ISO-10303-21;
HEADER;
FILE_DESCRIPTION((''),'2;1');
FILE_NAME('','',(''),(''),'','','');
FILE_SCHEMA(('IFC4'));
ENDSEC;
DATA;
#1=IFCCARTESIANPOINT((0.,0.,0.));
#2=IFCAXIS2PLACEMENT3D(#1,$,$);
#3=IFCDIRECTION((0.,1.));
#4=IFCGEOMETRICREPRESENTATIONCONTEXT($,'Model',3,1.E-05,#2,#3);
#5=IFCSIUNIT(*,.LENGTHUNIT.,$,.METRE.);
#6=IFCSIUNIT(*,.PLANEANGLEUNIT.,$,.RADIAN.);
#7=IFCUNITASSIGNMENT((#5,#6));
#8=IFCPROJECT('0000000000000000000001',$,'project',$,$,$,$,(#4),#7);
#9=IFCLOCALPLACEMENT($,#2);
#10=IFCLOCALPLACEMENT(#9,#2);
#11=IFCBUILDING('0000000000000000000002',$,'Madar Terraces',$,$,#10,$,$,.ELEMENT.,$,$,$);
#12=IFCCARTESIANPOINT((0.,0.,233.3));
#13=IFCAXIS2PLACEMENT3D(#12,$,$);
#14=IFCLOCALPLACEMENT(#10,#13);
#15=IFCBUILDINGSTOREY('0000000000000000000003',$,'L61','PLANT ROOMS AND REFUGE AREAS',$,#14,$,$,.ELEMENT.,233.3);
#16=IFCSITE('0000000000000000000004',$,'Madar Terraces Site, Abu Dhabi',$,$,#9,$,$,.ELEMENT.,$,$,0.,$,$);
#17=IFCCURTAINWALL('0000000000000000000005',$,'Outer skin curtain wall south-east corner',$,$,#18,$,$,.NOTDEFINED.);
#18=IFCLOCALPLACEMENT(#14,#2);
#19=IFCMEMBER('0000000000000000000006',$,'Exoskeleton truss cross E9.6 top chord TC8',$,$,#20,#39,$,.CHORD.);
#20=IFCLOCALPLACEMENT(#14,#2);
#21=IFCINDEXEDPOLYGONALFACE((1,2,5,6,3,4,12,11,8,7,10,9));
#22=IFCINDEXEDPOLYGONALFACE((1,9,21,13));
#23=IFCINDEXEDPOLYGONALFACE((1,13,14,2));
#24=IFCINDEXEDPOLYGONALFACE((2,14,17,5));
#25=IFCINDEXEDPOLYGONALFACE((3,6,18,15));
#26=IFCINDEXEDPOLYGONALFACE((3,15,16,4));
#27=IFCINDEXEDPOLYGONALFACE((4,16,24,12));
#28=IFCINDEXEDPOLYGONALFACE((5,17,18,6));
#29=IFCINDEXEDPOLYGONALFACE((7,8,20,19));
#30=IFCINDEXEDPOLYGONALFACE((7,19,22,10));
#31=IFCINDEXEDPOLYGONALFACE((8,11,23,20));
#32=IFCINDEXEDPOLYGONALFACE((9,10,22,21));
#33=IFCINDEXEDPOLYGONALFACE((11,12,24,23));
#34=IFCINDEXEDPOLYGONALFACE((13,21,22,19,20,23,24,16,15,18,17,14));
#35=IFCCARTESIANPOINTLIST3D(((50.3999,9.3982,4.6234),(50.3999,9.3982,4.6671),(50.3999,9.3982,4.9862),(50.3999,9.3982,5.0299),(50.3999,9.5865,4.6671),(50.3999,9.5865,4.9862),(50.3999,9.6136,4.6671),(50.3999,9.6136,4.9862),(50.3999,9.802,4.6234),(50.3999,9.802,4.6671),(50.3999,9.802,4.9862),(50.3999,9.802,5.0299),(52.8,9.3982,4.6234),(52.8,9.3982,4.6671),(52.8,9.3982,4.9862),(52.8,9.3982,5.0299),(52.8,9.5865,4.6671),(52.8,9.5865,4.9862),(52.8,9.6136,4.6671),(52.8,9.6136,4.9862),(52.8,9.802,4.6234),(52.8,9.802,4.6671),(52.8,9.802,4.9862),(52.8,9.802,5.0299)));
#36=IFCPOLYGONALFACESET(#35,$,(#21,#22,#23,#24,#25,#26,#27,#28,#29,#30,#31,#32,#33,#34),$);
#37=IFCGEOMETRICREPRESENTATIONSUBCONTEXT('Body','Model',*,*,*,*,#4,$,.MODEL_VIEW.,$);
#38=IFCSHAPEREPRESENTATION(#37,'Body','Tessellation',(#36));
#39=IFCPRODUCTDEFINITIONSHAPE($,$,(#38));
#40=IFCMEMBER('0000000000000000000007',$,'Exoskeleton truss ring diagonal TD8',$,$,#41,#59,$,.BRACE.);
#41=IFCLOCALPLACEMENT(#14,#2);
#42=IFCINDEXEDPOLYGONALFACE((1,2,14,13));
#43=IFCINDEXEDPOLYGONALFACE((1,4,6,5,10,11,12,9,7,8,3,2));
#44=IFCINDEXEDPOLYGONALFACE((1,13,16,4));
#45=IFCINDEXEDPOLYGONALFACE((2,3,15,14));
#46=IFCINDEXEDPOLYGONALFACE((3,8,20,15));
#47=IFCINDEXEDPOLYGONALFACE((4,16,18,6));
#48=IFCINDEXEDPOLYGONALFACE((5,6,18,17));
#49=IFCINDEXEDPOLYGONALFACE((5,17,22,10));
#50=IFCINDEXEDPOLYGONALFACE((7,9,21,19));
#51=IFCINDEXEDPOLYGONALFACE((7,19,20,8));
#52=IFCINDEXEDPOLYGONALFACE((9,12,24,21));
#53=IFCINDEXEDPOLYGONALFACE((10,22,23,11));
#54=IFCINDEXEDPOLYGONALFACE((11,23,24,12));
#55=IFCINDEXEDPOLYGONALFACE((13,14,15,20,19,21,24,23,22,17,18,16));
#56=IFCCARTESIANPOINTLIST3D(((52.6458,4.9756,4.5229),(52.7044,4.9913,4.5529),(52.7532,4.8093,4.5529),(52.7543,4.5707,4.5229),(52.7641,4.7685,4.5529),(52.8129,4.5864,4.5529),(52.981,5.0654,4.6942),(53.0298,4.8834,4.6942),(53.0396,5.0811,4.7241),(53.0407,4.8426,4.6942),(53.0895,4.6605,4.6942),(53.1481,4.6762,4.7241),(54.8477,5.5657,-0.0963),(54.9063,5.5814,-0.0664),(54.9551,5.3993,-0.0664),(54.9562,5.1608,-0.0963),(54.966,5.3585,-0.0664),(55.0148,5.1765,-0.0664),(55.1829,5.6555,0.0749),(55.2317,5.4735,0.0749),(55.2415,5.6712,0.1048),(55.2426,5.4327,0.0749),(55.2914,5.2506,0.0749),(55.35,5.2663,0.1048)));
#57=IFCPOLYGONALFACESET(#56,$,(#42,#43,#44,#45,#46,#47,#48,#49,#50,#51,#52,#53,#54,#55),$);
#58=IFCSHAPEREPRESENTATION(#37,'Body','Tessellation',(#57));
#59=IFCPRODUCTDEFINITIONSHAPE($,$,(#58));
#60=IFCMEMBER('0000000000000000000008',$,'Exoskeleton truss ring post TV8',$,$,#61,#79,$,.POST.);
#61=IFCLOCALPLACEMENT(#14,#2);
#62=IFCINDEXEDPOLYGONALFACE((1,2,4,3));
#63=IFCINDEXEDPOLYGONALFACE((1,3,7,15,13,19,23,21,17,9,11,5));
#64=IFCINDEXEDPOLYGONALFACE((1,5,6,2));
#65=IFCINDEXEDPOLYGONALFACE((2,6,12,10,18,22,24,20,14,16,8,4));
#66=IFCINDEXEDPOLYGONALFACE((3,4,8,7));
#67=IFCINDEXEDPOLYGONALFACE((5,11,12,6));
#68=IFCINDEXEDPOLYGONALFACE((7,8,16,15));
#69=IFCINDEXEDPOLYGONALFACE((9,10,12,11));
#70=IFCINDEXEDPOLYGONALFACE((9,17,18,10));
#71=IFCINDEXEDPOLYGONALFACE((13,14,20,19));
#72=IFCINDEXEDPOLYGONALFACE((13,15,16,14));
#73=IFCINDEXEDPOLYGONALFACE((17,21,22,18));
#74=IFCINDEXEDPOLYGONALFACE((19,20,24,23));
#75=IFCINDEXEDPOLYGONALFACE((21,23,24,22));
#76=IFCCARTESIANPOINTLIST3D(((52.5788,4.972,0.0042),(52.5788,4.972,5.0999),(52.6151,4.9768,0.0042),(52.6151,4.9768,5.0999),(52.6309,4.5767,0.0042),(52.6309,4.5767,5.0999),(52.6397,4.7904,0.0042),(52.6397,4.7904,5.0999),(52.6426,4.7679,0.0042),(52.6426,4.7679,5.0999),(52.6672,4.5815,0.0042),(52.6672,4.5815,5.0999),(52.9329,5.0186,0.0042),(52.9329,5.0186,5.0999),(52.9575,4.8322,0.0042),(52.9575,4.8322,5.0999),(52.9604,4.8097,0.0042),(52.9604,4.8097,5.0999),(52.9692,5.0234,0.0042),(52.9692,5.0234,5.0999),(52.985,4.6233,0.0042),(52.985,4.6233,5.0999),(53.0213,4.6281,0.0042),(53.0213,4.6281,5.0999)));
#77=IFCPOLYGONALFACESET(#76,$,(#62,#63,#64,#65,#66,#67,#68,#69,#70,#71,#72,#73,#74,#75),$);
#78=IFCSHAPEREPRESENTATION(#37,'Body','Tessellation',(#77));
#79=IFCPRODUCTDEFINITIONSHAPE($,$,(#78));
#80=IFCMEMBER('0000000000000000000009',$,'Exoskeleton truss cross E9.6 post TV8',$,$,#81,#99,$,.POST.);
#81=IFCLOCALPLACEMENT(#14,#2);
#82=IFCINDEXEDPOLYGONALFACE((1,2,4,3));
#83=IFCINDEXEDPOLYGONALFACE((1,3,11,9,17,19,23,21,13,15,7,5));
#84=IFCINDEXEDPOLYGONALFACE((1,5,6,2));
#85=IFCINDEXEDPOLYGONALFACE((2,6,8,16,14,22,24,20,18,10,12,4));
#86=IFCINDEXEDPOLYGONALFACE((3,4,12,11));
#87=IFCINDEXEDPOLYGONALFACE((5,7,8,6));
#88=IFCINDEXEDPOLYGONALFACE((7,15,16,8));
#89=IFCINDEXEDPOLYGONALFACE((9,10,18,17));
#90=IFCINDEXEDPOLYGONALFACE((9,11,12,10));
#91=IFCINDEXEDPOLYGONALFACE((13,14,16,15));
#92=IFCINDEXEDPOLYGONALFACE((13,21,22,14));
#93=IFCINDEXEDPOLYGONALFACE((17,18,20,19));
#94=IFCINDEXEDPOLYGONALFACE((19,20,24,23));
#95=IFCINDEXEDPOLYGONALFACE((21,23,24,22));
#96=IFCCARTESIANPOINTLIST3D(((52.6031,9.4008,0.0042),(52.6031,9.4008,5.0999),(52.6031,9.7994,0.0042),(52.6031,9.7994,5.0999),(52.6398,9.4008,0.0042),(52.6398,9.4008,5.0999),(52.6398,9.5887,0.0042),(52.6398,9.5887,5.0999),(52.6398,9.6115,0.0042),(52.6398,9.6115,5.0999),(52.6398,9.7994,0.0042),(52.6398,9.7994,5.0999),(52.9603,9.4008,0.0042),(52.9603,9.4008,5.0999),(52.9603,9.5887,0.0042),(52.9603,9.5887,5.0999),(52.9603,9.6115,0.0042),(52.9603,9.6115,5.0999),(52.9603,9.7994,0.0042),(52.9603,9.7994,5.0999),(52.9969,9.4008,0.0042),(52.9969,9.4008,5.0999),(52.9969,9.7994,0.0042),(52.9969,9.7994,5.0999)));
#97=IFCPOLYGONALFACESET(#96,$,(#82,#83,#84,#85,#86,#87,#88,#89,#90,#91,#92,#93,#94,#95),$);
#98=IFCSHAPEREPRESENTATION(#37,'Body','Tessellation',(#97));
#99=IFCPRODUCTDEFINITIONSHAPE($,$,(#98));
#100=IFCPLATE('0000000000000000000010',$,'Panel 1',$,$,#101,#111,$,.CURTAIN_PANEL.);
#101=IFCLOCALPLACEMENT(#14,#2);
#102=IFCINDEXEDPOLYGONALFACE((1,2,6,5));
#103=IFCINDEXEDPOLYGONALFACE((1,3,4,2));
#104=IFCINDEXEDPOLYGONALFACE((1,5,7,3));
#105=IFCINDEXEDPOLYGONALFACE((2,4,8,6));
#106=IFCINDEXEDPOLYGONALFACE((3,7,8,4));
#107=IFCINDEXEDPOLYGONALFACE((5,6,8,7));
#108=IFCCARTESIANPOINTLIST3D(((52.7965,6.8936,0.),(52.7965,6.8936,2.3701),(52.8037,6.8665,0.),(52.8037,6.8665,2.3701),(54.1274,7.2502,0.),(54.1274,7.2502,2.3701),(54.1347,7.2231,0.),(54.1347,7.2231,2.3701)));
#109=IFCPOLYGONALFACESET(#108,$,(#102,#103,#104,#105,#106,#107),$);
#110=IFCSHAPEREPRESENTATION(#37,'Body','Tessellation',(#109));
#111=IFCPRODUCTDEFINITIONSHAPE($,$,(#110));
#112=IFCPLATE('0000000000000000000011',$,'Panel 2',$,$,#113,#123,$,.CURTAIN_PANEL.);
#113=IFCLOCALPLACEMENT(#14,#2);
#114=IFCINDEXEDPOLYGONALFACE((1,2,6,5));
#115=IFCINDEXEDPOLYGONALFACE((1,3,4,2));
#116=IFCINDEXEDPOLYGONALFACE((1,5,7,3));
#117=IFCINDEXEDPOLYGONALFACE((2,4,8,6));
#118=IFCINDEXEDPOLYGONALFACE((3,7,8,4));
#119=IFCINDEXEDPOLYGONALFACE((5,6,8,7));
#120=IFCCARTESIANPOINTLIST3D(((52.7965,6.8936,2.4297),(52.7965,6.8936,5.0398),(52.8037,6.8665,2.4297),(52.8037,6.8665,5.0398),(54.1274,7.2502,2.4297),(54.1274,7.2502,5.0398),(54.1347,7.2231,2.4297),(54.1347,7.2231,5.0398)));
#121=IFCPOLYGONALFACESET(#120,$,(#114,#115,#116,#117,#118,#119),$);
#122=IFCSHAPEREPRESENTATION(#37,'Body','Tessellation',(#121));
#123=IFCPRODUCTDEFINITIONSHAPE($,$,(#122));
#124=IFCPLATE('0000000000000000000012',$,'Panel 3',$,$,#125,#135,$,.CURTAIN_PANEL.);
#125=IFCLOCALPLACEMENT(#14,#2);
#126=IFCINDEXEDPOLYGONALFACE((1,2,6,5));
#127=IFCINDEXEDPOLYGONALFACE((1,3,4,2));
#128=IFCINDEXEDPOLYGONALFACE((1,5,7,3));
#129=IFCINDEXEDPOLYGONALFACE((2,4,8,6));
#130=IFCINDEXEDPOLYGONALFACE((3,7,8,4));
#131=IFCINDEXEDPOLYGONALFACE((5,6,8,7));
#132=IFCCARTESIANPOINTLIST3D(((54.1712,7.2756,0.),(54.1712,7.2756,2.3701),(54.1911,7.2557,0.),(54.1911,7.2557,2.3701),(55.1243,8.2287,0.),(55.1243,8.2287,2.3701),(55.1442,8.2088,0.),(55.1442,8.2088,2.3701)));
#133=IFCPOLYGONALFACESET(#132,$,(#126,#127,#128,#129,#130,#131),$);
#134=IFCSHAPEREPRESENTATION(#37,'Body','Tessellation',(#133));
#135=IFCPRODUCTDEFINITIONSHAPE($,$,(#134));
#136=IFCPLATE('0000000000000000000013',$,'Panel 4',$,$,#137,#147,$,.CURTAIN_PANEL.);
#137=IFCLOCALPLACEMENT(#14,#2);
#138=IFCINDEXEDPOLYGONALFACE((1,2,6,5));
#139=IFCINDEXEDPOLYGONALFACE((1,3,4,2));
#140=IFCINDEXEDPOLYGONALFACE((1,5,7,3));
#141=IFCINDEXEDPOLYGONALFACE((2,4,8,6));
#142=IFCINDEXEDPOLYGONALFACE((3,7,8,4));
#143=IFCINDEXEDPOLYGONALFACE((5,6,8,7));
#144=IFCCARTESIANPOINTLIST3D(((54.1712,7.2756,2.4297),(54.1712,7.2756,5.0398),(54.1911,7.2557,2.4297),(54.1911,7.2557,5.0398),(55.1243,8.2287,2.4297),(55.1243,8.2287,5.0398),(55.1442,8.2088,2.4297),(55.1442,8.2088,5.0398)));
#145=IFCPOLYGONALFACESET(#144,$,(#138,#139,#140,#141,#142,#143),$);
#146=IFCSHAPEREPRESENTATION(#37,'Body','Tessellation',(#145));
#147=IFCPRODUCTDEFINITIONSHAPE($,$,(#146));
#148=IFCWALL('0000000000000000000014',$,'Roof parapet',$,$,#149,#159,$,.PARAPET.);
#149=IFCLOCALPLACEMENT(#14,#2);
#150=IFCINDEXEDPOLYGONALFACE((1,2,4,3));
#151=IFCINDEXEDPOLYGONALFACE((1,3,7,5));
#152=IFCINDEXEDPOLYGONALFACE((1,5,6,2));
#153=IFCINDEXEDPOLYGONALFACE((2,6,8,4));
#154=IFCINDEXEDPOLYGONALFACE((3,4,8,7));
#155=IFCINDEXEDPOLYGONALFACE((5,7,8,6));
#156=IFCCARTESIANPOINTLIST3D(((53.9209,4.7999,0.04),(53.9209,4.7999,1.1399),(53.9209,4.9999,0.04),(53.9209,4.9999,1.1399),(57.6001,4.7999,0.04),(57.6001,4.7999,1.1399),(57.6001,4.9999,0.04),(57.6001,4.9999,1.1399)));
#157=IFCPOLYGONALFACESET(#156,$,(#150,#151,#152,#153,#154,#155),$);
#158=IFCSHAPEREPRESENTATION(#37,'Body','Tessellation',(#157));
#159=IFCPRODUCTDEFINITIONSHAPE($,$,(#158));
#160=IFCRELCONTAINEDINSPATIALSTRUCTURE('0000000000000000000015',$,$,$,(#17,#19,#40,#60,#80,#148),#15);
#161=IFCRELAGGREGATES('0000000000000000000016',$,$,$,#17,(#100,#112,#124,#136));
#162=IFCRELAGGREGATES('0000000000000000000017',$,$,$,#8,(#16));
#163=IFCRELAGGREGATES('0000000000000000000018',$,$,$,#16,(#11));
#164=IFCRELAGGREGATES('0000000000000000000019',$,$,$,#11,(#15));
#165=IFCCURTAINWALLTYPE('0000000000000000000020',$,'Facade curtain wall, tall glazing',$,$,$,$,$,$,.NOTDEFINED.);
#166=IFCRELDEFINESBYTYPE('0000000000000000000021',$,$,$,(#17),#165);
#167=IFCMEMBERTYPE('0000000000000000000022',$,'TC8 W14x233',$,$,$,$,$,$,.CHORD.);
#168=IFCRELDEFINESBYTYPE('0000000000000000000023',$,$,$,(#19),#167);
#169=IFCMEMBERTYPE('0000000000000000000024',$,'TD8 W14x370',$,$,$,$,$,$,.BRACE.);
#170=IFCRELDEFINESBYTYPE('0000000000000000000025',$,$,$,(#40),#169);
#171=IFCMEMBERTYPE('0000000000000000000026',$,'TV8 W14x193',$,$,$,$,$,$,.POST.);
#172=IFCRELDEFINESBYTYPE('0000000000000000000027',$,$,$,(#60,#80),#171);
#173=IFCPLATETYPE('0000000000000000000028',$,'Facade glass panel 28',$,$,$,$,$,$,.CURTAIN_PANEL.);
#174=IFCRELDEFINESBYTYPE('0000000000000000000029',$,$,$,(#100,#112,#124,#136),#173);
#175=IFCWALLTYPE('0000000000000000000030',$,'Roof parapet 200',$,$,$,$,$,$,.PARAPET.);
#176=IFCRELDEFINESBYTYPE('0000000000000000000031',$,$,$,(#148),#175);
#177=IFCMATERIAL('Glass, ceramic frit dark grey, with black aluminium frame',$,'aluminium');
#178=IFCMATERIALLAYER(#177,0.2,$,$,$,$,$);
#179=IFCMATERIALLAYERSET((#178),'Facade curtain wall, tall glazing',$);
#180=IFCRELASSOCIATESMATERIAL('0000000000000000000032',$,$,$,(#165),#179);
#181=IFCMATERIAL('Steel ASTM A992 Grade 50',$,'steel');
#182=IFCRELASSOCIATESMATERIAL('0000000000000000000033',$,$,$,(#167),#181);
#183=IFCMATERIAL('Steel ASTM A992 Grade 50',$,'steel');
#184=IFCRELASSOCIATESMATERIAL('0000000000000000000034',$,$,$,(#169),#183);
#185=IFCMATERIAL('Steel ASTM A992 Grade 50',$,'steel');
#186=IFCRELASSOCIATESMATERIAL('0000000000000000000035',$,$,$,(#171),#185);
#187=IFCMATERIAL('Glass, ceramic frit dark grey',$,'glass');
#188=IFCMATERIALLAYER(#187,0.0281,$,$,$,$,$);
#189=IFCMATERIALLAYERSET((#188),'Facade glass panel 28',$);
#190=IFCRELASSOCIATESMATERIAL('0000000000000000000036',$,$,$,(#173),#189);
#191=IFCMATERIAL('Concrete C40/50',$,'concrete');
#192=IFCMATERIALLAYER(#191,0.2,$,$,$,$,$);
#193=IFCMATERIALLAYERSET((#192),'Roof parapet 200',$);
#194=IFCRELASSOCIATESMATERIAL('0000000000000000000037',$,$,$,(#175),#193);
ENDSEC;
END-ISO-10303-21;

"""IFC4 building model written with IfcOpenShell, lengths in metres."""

from ifc_helpers import new_model, si_unit, direction, frame, frame_2d, origin, origin_2d, place, context, subcontext, project, spatial, rectangle, i_section, extrude, material, layer, layer_set, material_profile, profile_set, type_object, element, aggregate, save


model = new_model("IFC4")

# Units and contexts
model_context = context("Model", 3, precision=1e-05, world=origin(), true_north=direction((0.0, 1.0)))
body_context = subcontext(model_context, "Body", "Model", "MODEL_VIEW")
ifc_project = project(units=[si_unit("LENGTHUNIT", "METRE"), si_unit("PLANEANGLEUNIT", "RADIAN")], contexts=[model_context])

# Site, building, storey
site_placement = place(None, origin())
site = spatial("IfcSite", under=ifc_project, at=site_placement, Name="Madar Terraces Site, Abu Dhabi", CompositionType="ELEMENT", RefElevation=0.0)
building_placement = place(site_placement, origin())
building = spatial("IfcBuilding", under=site, at=building_placement, Name="Madar Terraces", CompositionType="ELEMENT")
storey_placement = place(building_placement, frame((0.0, 0.0, 233.3)))
storey = spatial("IfcBuildingStorey", under=building, at=storey_placement, Name="L61", Description="PLANT ROOMS AND REFUGE AREAS", CompositionType="ELEMENT", Elevation=233.3)

# Curtain wall
ifc_material_1 = material(Name="Glass, ceramic frit dark grey, with black aluminium frame", Category="aluminium")
ifc_layer_1 = layer(ifc_material_1, 0.2)
ifc_layer_set_1 = layer_set([ifc_layer_1], Name="Facade curtain wall, tall glazing")
curtain_wall_type = type_object("IfcCurtainWallType", Name="Facade curtain wall, tall glazing", PredefinedType="NOTDEFINED", material=ifc_layer_set_1)
curtain_wall_placement = place(storey_placement, origin())
curtain_wall = element("IfcCurtainWall", 1, at=curtain_wall_placement, inside=storey, type_object=curtain_wall_type, Name="Outer skin curtain wall south-east corner", PredefinedType="NOTDEFINED")

# Members
ifc_material_2 = material(Name="Steel ASTM A992 Grade 50", Category="steel")
ifc_material_profile_1 = material_profile(ifc_material_2, i_section(OverallWidth=0.4038, OverallDepth=0.4065, WebThickness=0.0271, FlangeThickness=0.0437, at=origin_2d()), Name="W14x233")
ifc_profile_set_1 = profile_set([ifc_material_profile_1], Name="Steel ASTM A992 Grade 50")
member_type_1 = type_object("IfcMemberType", Name="TC8 W14x233", PredefinedType="CHORD", material=ifc_profile_set_1)
member_1_placement = place(storey_placement, frame((52.8, 9.6001, 4.8267), z_axis=(-1.0, 0.0, 0.0), x_axis=(0.0, -1.0, 0.0)))
element("IfcMember", 2, at=member_1_placement, inside=storey, type_object=member_type_1, Name="Exoskeleton truss cross E9.6 top chord TC8", PredefinedType="CHORD", context=body_context, shape_type="SweptSolid", body=[
    extrude(i_section(OverallWidth=0.4038, OverallDepth=0.4065, WebThickness=0.0271, FlangeThickness=0.0437, at=origin_2d()), origin(), (0.0, 0.0, 1.0), 2.4001),
])
ifc_material_3 = material(Name="Steel ASTM A992 Grade 50", Category="steel")
ifc_material_profile_2 = material_profile(ifc_material_3, i_section(OverallWidth=0.4192, OverallDepth=0.4546, WebThickness=0.0422, FlangeThickness=0.0676, at=origin_2d()), Name="W14x370")
ifc_profile_set_2 = profile_set([ifc_material_profile_2], Name="Steel ASTM A992 Grade 50")
member_type_2 = type_object("IfcMemberType", Name="TD8 W14x370", PredefinedType="BRACE", material=ifc_profile_set_2)
member_2_placement = place(storey_placement, frame((52.897, 4.8259, 4.6235), z_axis=(0.427451, 0.114553, -0.896752), x_axis=(-0.258856, 0.965916, 0.0)))
element("IfcMember", 3, at=member_2_placement, inside=storey, type_object=member_type_2, Name="Exoskeleton truss ring diagonal TD8", PredefinedType="BRACE", context=body_context, shape_type="SweptSolid", body=[
    extrude(i_section(OverallWidth=0.4192, OverallDepth=0.4546, WebThickness=0.0422, FlangeThickness=0.0676, at=origin_2d()), origin(), (0.0, 0.0, 1.0), 5.1511),
])
ifc_material_4 = material(Name="Steel ASTM A992 Grade 50", Category="steel")
ifc_material_profile_3 = material_profile(ifc_material_4, i_section(OverallWidth=0.3987, OverallDepth=0.3938, WebThickness=0.0227, FlangeThickness=0.0366, at=origin_2d()), Name="W14x193")
ifc_profile_set_3 = profile_set([ifc_material_profile_3], Name="Steel ASTM A992 Grade 50")
member_type_3 = type_object("IfcMemberType", Name="TV8 W14x193", PredefinedType="POST", material=ifc_profile_set_3)
for number, where, z_axis, x_axis, name in (
    (4, (52.8, 4.8, 0.0042), (0.0, 0.0, 1.0), (-0.130526, 0.991445, 0.0), "Exoskeleton truss ring post TV8"),
    (5, (52.8, 9.6001, 0.0042), (0.0, 0.0, 1.0), (0.0, 1.0, 0.0), "Exoskeleton truss cross E9.6 post TV8"),
):
    element("IfcMember", number, at=place(storey_placement, frame(where, z_axis=z_axis, x_axis=x_axis)), inside=storey, type_object=member_type_3, Name=name, PredefinedType="POST", context=body_context, shape_type="SweptSolid", body=[
        extrude(i_section(OverallWidth=0.3987, OverallDepth=0.3938, WebThickness=0.0227, FlangeThickness=0.0366, at=origin_2d()), origin(), (0.0, 0.0, 1.0), 5.0957),
    ])

# Plates
ifc_material_5 = material(Name="Glass, ceramic frit dark grey", Category="glass")
ifc_layer_2 = layer(ifc_material_5, 0.0281)
ifc_layer_set_2 = layer_set([ifc_layer_2], Name="Facade glass panel 28")
plate_type = type_object("IfcPlateType", Name="Facade glass panel 28", PredefinedType="CURTAIN_PANEL", material=ifc_layer_set_2)
plate_1_placement = place(storey_placement, frame((53.4656, 7.0583, 0.0), z_axis=(0.0, 0.0, 1.0), x_axis=(0.965926, 0.258819, 0.0)))
plate_1 = element("IfcPlate", 6, at=plate_1_placement, type_object=plate_type, Name="Panel 1", PredefinedType="CURTAIN_PANEL", context=body_context, shape_type="SweptSolid", body=[
    extrude(rectangle(XDim=1.3779, YDim=0.0281, at=origin_2d()), origin(), (0.0, 0.0, 1.0), 2.3701),
])
plate_2_placement = place(storey_placement, frame((53.4656, 7.0583, 2.4297), z_axis=(0.0, 0.0, 1.0), x_axis=(0.965926, 0.258819, 0.0)))
plate_2 = element("IfcPlate", 7, at=plate_2_placement, type_object=plate_type, Name="Panel 2", PredefinedType="CURTAIN_PANEL", context=body_context, shape_type="SweptSolid", body=[
    extrude(rectangle(XDim=1.3779, YDim=0.0281, at=origin_2d()), origin(), (0.0, 0.0, 1.0), 2.6101),
])
plate_3_placement = place(storey_placement, frame((54.6577, 7.7422, 0.0), z_axis=(0.0, 0.0, 1.0), x_axis=(0.707107, 0.707107, 0.0)))
plate_3 = element("IfcPlate", 8, at=plate_3_placement, type_object=plate_type, Name="Panel 3", PredefinedType="CURTAIN_PANEL", context=body_context, shape_type="SweptSolid", body=[
    extrude(rectangle(XDim=1.3479, YDim=0.0281, at=origin_2d()), origin(), (0.0, 0.0, 1.0), 2.3701),
])
plate_4_placement = place(storey_placement, frame((54.6577, 7.7422, 2.4297), z_axis=(0.0, 0.0, 1.0), x_axis=(0.707107, 0.707107, 0.0)))
plate_4 = element("IfcPlate", 9, at=plate_4_placement, type_object=plate_type, Name="Panel 4", PredefinedType="CURTAIN_PANEL", context=body_context, shape_type="SweptSolid", body=[
    extrude(rectangle(XDim=1.3479, YDim=0.0281, at=origin_2d()), origin(), (0.0, 0.0, 1.0), 2.6101),
])
aggregate(curtain_wall, [plate_1, plate_2, plate_3, plate_4])

# Wall
ifc_material_6 = material(Name="Concrete C40/50", Category="concrete")
ifc_layer_3 = layer(ifc_material_6, 0.2)
ifc_layer_set_3 = layer_set([ifc_layer_3], Name="Roof parapet 200")
wall_type = type_object("IfcWallType", Name="Roof parapet 200", PredefinedType="PARAPET", material=ifc_layer_set_3)
wall_placement = place(storey_placement, frame((53.9209, 4.8999, 0.04), z_axis=(0.0, 0.0, 1.0), x_axis=(1.0, 0.0, 0.0)))
element("IfcWall", 10, at=wall_placement, inside=storey, type_object=wall_type, Name="Roof parapet", PredefinedType="PARAPET", context=body_context, shape_type="SweptSolid", body=[
    extrude(rectangle(XDim=3.6792, YDim=0.2, at=frame_2d((1.8396, 0.0))), origin(), (0.0, 0.0, 1.0), 1.0999),
])

save(model, "model.ifc")
